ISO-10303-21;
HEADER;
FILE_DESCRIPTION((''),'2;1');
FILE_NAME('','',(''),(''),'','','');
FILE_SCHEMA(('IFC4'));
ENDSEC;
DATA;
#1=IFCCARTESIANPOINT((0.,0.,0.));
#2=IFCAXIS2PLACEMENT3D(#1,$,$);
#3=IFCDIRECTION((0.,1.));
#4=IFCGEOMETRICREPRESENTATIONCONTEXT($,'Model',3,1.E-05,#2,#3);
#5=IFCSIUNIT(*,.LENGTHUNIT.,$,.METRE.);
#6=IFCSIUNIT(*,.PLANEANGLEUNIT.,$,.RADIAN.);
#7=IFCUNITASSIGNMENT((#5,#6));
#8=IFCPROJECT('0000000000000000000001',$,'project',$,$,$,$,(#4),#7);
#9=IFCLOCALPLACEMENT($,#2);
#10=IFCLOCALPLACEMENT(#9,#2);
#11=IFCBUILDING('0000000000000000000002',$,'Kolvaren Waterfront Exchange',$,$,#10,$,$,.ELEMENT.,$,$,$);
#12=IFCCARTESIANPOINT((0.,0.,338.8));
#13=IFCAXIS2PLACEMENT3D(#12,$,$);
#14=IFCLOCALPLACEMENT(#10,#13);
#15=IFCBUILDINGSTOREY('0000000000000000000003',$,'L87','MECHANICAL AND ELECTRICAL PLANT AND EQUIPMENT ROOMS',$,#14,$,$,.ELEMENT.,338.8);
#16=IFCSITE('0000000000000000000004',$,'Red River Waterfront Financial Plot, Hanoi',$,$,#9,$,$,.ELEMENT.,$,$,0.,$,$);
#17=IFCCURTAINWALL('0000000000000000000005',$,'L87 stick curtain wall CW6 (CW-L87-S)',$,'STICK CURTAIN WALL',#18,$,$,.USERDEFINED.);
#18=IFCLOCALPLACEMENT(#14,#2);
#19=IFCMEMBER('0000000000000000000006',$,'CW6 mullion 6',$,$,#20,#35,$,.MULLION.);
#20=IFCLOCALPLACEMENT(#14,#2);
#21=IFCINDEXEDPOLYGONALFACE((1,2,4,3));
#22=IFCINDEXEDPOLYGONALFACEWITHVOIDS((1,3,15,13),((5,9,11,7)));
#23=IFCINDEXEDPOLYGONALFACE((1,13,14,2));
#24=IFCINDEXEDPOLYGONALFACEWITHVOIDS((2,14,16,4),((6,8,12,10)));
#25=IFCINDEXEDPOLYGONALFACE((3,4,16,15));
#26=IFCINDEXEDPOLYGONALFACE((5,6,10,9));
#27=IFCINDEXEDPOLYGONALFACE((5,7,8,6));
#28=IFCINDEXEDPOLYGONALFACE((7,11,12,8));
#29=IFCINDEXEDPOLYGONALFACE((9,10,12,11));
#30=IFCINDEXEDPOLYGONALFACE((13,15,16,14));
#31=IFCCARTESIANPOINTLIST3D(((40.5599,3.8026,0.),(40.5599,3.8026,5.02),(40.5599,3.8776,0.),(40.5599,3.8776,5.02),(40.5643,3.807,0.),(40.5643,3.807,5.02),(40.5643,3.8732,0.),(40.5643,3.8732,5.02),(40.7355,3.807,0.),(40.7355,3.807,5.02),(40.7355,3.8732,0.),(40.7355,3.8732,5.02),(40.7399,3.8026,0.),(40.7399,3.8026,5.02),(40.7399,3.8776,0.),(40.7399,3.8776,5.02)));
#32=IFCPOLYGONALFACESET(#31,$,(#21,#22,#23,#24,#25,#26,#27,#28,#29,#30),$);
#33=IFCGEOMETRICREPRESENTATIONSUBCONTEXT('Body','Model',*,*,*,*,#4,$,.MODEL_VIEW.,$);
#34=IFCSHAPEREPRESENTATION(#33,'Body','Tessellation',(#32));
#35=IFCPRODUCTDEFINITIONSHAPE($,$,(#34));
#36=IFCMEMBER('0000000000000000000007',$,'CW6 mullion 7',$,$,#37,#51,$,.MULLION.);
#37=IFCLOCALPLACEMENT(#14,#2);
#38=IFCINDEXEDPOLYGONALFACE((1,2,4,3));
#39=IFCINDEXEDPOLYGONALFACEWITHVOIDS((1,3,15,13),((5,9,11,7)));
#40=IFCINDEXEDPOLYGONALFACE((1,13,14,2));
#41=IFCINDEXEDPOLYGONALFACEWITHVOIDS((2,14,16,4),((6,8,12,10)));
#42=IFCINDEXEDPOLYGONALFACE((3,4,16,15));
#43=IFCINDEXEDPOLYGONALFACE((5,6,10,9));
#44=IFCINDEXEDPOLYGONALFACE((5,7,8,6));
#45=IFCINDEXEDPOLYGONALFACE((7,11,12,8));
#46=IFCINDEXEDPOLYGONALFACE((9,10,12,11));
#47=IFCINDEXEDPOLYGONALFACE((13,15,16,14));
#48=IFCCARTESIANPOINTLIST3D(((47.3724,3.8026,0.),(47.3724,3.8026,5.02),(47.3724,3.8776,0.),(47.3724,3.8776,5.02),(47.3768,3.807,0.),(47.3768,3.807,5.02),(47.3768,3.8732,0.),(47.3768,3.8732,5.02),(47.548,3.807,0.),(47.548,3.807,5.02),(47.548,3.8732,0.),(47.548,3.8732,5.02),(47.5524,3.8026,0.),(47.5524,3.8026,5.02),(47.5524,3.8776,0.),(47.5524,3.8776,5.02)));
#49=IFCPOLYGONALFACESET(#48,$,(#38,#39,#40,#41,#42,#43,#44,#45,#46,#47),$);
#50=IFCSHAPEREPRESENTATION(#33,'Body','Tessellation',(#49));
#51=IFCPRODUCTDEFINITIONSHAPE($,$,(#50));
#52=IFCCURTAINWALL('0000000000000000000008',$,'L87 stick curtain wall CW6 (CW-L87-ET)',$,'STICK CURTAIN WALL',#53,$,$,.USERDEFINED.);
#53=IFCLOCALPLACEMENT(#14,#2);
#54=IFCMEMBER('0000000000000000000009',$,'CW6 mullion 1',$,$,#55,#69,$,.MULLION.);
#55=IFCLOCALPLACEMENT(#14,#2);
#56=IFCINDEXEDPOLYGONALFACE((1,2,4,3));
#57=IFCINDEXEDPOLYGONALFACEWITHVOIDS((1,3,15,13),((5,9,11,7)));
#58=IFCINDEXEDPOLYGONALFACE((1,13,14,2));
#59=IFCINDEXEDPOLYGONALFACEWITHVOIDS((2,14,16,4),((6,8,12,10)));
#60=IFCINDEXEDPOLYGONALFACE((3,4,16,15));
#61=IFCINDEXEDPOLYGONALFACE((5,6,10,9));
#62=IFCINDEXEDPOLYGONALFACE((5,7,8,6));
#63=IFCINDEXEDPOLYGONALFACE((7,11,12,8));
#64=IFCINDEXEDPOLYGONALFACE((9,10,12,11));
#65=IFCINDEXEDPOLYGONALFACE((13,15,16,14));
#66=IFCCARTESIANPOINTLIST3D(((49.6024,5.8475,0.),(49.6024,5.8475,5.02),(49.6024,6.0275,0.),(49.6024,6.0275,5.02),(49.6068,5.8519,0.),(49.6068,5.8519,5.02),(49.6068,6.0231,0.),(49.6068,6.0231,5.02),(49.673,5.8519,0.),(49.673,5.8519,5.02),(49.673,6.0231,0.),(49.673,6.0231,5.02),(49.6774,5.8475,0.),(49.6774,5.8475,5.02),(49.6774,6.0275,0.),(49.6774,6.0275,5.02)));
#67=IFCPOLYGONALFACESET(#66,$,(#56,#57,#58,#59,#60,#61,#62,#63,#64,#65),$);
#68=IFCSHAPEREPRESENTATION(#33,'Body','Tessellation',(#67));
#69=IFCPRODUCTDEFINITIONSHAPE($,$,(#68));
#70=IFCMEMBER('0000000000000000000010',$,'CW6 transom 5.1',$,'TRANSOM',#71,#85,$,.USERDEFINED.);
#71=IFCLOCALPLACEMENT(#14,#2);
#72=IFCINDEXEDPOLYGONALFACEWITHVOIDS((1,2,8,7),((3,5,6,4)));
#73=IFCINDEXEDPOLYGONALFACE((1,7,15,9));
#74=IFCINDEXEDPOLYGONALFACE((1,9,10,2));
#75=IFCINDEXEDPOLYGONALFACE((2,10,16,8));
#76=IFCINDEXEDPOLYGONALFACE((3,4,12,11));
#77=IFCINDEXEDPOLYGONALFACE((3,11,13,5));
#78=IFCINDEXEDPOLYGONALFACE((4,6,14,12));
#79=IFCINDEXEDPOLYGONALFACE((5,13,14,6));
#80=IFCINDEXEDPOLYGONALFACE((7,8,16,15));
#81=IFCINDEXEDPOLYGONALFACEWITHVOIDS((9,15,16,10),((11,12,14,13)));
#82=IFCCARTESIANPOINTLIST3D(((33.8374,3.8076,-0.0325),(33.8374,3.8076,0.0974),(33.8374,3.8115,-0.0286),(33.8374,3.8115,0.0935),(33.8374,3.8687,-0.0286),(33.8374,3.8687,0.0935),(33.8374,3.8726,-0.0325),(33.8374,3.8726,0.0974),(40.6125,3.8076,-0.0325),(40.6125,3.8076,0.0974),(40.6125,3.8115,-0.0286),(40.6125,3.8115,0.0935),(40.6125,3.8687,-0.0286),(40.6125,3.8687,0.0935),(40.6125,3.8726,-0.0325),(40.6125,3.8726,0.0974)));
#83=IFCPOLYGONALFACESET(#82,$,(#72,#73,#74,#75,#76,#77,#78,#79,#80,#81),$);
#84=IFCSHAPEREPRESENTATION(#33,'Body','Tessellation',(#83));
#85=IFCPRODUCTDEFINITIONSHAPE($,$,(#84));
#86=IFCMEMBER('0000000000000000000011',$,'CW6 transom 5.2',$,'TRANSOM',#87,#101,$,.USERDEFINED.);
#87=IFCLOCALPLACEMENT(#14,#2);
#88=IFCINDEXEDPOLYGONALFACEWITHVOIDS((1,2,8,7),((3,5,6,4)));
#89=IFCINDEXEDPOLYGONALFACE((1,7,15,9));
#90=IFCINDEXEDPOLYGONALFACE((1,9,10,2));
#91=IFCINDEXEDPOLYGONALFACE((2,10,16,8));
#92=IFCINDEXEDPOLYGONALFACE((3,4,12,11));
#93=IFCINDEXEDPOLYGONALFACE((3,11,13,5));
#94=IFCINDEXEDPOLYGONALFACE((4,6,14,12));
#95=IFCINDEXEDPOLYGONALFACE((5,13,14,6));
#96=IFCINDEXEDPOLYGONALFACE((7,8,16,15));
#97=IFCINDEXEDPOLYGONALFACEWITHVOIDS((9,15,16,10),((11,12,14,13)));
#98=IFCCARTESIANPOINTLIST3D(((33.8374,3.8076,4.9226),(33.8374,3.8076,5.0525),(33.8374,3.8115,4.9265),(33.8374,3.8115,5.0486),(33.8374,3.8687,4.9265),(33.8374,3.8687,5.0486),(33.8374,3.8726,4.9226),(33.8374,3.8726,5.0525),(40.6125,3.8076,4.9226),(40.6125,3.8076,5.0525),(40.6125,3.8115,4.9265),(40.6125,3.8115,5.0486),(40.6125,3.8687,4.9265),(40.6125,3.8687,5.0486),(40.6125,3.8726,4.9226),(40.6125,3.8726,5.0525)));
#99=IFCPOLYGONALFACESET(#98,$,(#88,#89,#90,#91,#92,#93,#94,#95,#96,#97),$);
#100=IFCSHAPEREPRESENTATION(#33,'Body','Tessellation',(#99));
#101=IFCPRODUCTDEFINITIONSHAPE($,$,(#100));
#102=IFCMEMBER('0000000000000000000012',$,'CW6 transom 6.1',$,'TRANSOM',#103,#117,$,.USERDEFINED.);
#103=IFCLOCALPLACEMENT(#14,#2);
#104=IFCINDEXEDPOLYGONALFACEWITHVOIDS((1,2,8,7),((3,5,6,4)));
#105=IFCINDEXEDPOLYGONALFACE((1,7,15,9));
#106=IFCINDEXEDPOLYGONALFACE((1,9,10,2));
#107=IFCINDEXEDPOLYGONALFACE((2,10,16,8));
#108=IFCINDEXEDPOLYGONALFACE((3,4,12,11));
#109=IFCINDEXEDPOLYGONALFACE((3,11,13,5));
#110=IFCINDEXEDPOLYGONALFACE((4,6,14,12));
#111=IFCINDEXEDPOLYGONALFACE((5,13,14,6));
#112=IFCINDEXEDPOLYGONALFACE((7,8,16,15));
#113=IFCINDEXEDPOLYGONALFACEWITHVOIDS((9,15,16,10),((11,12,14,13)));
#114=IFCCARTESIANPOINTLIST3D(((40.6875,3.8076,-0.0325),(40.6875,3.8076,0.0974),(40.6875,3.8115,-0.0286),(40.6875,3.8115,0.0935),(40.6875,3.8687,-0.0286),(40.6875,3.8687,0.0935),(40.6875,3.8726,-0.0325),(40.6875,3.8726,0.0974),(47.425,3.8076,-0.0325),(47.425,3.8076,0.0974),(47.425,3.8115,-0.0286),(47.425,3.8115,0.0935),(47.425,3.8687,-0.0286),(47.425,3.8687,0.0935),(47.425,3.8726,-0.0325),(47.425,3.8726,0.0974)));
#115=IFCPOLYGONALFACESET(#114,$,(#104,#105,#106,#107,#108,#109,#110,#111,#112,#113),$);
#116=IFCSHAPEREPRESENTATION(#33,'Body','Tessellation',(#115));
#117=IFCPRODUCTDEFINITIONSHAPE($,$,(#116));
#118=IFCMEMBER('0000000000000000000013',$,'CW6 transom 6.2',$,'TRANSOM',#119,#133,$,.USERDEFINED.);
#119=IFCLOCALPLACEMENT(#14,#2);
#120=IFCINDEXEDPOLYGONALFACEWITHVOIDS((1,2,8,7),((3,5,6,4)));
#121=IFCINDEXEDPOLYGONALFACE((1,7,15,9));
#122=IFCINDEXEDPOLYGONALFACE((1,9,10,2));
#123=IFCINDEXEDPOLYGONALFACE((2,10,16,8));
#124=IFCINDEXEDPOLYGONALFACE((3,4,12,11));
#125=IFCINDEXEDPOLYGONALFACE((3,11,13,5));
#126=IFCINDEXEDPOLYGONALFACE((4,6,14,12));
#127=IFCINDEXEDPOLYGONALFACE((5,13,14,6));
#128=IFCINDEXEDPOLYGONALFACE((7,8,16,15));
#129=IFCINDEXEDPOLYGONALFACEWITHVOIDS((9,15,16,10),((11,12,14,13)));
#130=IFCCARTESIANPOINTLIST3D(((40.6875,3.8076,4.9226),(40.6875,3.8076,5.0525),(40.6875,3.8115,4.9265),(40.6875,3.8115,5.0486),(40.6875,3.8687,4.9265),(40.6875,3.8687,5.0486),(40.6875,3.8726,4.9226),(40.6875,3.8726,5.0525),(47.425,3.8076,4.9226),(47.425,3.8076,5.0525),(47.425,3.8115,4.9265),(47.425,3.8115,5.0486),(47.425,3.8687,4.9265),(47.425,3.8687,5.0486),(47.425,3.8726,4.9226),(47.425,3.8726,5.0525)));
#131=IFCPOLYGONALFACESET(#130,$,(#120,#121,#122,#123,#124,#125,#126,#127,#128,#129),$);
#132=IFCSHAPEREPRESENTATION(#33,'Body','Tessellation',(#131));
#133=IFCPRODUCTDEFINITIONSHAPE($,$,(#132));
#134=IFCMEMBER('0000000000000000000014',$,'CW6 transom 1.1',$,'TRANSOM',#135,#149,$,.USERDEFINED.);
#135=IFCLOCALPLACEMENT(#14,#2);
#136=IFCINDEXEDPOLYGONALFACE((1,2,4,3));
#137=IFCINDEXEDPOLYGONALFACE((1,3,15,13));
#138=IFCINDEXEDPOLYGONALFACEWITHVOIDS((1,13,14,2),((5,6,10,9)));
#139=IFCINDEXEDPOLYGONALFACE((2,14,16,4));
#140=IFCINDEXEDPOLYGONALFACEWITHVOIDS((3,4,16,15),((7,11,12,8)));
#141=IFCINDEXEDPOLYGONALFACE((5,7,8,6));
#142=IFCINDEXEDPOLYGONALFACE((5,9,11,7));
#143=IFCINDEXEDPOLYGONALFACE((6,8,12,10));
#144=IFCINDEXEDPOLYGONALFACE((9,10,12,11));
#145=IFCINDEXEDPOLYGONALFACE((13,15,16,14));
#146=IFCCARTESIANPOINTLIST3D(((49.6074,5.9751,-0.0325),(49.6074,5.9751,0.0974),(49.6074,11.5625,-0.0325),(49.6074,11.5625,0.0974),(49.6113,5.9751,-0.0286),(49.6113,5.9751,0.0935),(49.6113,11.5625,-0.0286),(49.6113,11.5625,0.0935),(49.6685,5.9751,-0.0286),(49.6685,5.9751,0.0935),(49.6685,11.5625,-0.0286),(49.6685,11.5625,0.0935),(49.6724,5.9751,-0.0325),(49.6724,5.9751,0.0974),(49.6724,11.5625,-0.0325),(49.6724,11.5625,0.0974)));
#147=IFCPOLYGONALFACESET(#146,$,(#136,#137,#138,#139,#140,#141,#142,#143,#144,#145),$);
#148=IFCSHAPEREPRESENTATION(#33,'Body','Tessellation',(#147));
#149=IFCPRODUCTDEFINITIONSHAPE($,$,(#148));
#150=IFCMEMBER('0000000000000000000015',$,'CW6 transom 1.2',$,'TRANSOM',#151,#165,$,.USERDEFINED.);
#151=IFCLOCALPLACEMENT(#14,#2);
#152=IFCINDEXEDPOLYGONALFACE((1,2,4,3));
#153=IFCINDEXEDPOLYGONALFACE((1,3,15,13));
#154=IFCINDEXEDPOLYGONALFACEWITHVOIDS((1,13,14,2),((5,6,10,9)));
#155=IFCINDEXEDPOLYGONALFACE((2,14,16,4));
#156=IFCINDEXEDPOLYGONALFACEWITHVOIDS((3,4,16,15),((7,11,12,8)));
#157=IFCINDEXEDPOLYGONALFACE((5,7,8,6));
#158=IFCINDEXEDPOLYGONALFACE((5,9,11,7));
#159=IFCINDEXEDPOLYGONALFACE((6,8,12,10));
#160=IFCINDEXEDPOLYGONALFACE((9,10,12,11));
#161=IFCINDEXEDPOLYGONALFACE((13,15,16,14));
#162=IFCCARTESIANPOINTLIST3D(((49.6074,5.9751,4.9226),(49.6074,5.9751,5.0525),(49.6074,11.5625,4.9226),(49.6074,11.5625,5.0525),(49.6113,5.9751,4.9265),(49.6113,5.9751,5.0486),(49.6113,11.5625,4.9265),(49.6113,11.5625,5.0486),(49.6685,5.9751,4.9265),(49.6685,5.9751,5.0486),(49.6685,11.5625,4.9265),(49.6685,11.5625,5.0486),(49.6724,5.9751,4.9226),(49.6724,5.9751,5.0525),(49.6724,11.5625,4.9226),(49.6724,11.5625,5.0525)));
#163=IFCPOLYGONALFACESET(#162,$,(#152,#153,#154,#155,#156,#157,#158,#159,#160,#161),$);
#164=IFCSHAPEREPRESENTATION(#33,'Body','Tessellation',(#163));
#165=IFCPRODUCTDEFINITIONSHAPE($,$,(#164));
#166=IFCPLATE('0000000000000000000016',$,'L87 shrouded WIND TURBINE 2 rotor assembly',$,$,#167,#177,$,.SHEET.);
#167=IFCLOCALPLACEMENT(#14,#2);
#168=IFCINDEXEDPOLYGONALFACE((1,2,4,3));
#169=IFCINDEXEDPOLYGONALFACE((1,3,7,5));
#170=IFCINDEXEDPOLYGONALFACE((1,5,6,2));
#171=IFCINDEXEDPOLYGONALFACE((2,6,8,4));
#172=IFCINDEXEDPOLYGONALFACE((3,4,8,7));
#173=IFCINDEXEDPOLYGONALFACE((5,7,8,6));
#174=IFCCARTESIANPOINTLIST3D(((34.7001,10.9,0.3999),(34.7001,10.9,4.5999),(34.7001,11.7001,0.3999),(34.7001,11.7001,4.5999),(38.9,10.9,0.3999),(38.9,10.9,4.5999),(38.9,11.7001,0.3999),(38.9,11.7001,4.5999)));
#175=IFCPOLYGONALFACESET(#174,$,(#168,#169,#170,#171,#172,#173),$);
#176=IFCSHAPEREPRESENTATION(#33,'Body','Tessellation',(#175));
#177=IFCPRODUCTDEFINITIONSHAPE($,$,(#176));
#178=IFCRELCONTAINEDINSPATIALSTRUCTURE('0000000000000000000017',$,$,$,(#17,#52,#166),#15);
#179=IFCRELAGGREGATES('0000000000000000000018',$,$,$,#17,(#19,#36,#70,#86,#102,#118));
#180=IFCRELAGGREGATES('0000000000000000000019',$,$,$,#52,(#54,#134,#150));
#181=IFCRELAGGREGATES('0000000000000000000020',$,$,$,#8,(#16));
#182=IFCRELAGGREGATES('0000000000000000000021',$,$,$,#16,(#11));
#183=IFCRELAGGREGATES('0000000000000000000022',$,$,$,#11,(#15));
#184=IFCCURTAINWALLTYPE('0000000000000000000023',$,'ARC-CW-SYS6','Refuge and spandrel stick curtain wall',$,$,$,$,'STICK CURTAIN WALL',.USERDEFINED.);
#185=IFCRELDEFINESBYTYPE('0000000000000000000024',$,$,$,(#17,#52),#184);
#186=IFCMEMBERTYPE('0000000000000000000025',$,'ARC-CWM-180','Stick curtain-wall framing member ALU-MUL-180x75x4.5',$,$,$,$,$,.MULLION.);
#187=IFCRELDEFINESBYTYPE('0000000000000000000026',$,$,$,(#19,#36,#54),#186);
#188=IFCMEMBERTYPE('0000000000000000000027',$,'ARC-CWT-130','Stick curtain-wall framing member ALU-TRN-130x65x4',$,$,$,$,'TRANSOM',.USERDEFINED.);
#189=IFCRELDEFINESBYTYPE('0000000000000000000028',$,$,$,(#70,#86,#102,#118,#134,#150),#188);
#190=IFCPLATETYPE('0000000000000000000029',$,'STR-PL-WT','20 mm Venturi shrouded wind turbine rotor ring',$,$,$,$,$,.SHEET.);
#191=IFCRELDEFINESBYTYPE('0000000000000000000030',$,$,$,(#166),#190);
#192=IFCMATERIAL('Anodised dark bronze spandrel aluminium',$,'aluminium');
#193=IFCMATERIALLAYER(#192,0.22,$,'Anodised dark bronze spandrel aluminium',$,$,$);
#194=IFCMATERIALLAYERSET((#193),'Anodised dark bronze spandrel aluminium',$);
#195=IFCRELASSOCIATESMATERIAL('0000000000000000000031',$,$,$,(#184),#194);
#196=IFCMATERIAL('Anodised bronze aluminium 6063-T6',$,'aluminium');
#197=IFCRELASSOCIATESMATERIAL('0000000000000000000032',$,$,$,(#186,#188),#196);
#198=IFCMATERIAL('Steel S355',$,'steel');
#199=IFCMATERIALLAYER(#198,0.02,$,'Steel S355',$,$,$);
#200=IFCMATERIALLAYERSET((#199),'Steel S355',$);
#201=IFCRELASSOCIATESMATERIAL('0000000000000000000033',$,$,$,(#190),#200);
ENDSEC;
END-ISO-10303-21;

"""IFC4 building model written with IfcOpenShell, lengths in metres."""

from ifc_helpers import new_model, si_unit, direction, frame, origin, origin_with_axes, origin_2d, place, context, subcontext, project, spatial, rectangle, hollow_rectangle, extrude, source, transform, mapped, material, layer, layer_set, material_profile, profile_set, type_object, element, aggregate, save


model = new_model("IFC4")

# Units and contexts
model_context = context("Model", 3, precision=1e-05, world=origin(), true_north=direction((0.0, 1.0)))
body_context = subcontext(model_context, "Body", "Model", "MODEL_VIEW")
ifc_project = project(units=[si_unit("LENGTHUNIT", "METRE"), si_unit("PLANEANGLEUNIT", "RADIAN")], contexts=[model_context])

# Site, building, storey
site_placement = place(None, origin())
site = spatial("IfcSite", under=ifc_project, at=site_placement, Name="Red River Waterfront Financial Plot, Hanoi", CompositionType="ELEMENT", RefElevation=0.0)
building_placement = place(site_placement, origin())
building = spatial("IfcBuilding", under=site, at=building_placement, Name="Kolvaren Waterfront Exchange", CompositionType="ELEMENT")
storey_placement = place(building_placement, frame((0.0, 0.0, 338.8)))
storey = spatial("IfcBuildingStorey", under=building, at=storey_placement, Name="L87", Description="MECHANICAL AND ELECTRICAL PLANT AND EQUIPMENT ROOMS", CompositionType="ELEMENT", Elevation=338.8)

# Shared definitions
ifc_material_1 = material(Name="Steel S355", Category="steel")

# Curtain wall, members
ifc_material_2 = material(Name="Anodised dark bronze spandrel aluminium", Category="aluminium")
ifc_layer_1 = layer(ifc_material_2, 0.22, Name="Anodised dark bronze spandrel aluminium")
ifc_layer_set_1 = layer_set([ifc_layer_1], Name="Anodised dark bronze spandrel aluminium")
curtain_wall_type = type_object("IfcCurtainWallType", Name="ARC-CW-SYS6", Description="Refuge and spandrel stick curtain wall", ElementType="STICK CURTAIN WALL", PredefinedType="USERDEFINED", material=ifc_layer_set_1)
curtain_wall_1_placement = place(storey_placement, origin())
curtain_wall_1 = element("IfcCurtainWall", 1, at=curtain_wall_1_placement, inside=storey, type_object=curtain_wall_type, Name="L87 stick curtain wall CW6 (CW-L87-S)", ObjectType="STICK CURTAIN WALL", PredefinedType="USERDEFINED")
ifc_material_3 = material(Name="Anodised bronze aluminium 6063-T6", Category="aluminium")
ifc_material_profile_1 = material_profile(ifc_material_3, hollow_rectangle(XDim=0.075, YDim=0.1799, WallThickness=0.0044, at=origin_2d()), Name="ALU-MUL-180x75x4.5")
ifc_profile_set_1 = profile_set([ifc_material_profile_1], Name="Anodised bronze aluminium 6063-T6")
member_type_1 = type_object("IfcMemberType", Name="ARC-CWM-180", Description="Stick curtain-wall framing member ALU-MUL-180x75x4.5", PredefinedType="MULLION", material=ifc_profile_set_1)
shared_shape_1 = source(origin_with_axes(), body_context, "Body", "SweptSolid", [
    extrude(hollow_rectangle(XDim=0.075, YDim=0.1799, WallThickness=0.0044, at=origin_2d()), origin(), (0.0, 0.0, 1.0), 5.02),
])
member_1_placement = place(storey_placement, frame((40.6499, 3.8401, 0.0), z_axis=(0.0, 0.0, 1.0), x_axis=(0.0, 1.0, 0.0)))
member_1 = element("IfcMember", 2, at=member_1_placement, type_object=member_type_1, Name="CW6 mullion 6", PredefinedType="MULLION", context=body_context, shape_type="MappedRepresentation", body=[
    mapped(shared_shape_1, transform((0.0, 0.0, 0.0), x_axis=(1.0, 0.0, 0.0), y_axis=(0.0, 1.0, 0.0), z_axis=(0.0, 0.0, 1.0), scale=1.0)),
])
member_2_placement = place(storey_placement, frame((47.4624, 3.8401, 0.0), z_axis=(0.0, 0.0, 1.0), x_axis=(0.0, 1.0, 0.0)))
member_2 = element("IfcMember", 3, at=member_2_placement, type_object=member_type_1, Name="CW6 mullion 7", PredefinedType="MULLION", context=body_context, shape_type="MappedRepresentation", body=[
    mapped(shared_shape_1, transform((0.0, 0.0, 0.0), x_axis=(1.0, 0.0, 0.0), y_axis=(0.0, 1.0, 0.0), z_axis=(0.0, 0.0, 1.0), scale=1.0)),
])

# Curtain wall, member
curtain_wall_2_placement = place(storey_placement, origin())
curtain_wall_2 = element("IfcCurtainWall", 4, at=curtain_wall_2_placement, inside=storey, type_object=curtain_wall_type, Name="L87 stick curtain wall CW6 (CW-L87-ET)", ObjectType="STICK CURTAIN WALL", PredefinedType="USERDEFINED")
member_3_placement = place(storey_placement, frame((49.6399, 5.9375, 0.0), z_axis=(0.0, 0.0, 1.0), x_axis=(-1.0, 0.0, 0.0)))
member_3 = element("IfcMember", 5, at=member_3_placement, type_object=member_type_1, Name="CW6 mullion 1", PredefinedType="MULLION", context=body_context, shape_type="MappedRepresentation", body=[
    mapped(shared_shape_1, transform((0.0, 0.0, 0.0), x_axis=(1.0, 0.0, 0.0), y_axis=(0.0, 1.0, 0.0), z_axis=(0.0, 0.0, 1.0), scale=1.0)),
])

# Members
ifc_material_profile_2 = material_profile(ifc_material_3, hollow_rectangle(XDim=0.0649, YDim=0.1299, WallThickness=0.0039, at=origin_2d()), Name="ALU-TRN-130x65x4")
ifc_profile_set_2 = profile_set([ifc_material_profile_2], Name="Anodised bronze aluminium 6063-T6")
member_type_2 = type_object("IfcMemberType", Name="ARC-CWT-130", Description="Stick curtain-wall framing member ALU-TRN-130x65x4", ElementType="TRANSOM", PredefinedType="USERDEFINED", material=ifc_profile_set_2)
shared_shape_2 = source(origin_with_axes(), body_context, "Body", "SweptSolid", [
    extrude(hollow_rectangle(XDim=0.0649, YDim=0.1299, WallThickness=0.0039, at=origin_2d()), origin(), (0.0, 0.0, 1.0), 6.7751),
])
member_4_placement = place(storey_placement, frame((33.8374, 3.8401, 0.0325), z_axis=(1.0, 0.0, 0.0), x_axis=(0.0, 1.0, 0.0)))
member_4 = element("IfcMember", 6, at=member_4_placement, type_object=member_type_2, Name="CW6 transom 5.1", ObjectType="TRANSOM", PredefinedType="USERDEFINED", context=body_context, shape_type="MappedRepresentation", body=[
    mapped(shared_shape_2, transform((0.0, 0.0, 0.0), x_axis=(1.0, 0.0, 0.0), y_axis=(0.0, 1.0, 0.0), z_axis=(0.0, 0.0, 1.0), scale=1.0)),
])
member_5_placement = place(storey_placement, frame((33.8374, 3.8401, 4.9875), z_axis=(1.0, 0.0, 0.0), x_axis=(0.0, 1.0, 0.0)))
member_5 = element("IfcMember", 7, at=member_5_placement, type_object=member_type_2, Name="CW6 transom 5.2", ObjectType="TRANSOM", PredefinedType="USERDEFINED", context=body_context, shape_type="MappedRepresentation", body=[
    mapped(shared_shape_2, transform((0.0, 0.0, 0.0), x_axis=(1.0, 0.0, 0.0), y_axis=(0.0, 1.0, 0.0), z_axis=(0.0, 0.0, 1.0), scale=1.0)),
])
shared_shape_3 = source(origin_with_axes(), body_context, "Body", "SweptSolid", [
    extrude(hollow_rectangle(XDim=0.0649, YDim=0.1299, WallThickness=0.0039, at=origin_2d()), origin(), (0.0, 0.0, 1.0), 6.7375),
])
member_6_placement = place(storey_placement, frame((40.6875, 3.8401, 0.0325), z_axis=(1.0, 0.0, 0.0), x_axis=(0.0, 1.0, 0.0)))
member_6 = element("IfcMember", 8, at=member_6_placement, type_object=member_type_2, Name="CW6 transom 6.1", ObjectType="TRANSOM", PredefinedType="USERDEFINED", context=body_context, shape_type="MappedRepresentation", body=[
    mapped(shared_shape_3, transform((0.0, 0.0, 0.0), x_axis=(1.0, 0.0, 0.0), y_axis=(0.0, 1.0, 0.0), z_axis=(0.0, 0.0, 1.0), scale=1.0)),
])
member_7_placement = place(storey_placement, frame((40.6875, 3.8401, 4.9875), z_axis=(1.0, 0.0, 0.0), x_axis=(0.0, 1.0, 0.0)))
member_7 = element("IfcMember", 9, at=member_7_placement, type_object=member_type_2, Name="CW6 transom 6.2", ObjectType="TRANSOM", PredefinedType="USERDEFINED", context=body_context, shape_type="MappedRepresentation", body=[
    mapped(shared_shape_3, transform((0.0, 0.0, 0.0), x_axis=(1.0, 0.0, 0.0), y_axis=(0.0, 1.0, 0.0), z_axis=(0.0, 0.0, 1.0), scale=1.0)),
])
shared_shape_4 = source(origin_with_axes(), body_context, "Body", "SweptSolid", [
    extrude(hollow_rectangle(XDim=0.0649, YDim=0.1299, WallThickness=0.0039, at=origin_2d()), origin(), (0.0, 0.0, 1.0), 5.5874),
])
member_8_placement = place(storey_placement, frame((49.6399, 5.9751, 0.0325), z_axis=(0.0, 1.0, 0.0), x_axis=(-1.0, 0.0, 0.0)))
member_8 = element("IfcMember", 10, at=member_8_placement, type_object=member_type_2, Name="CW6 transom 1.1", ObjectType="TRANSOM", PredefinedType="USERDEFINED", context=body_context, shape_type="MappedRepresentation", body=[
    mapped(shared_shape_4, transform((0.0, 0.0, 0.0), x_axis=(1.0, 0.0, 0.0), y_axis=(0.0, 1.0, 0.0), z_axis=(0.0, 0.0, 1.0), scale=1.0)),
])
member_9_placement = place(storey_placement, frame((49.6399, 5.9751, 4.9875), z_axis=(0.0, 1.0, 0.0), x_axis=(-1.0, 0.0, 0.0)))
member_9 = element("IfcMember", 11, at=member_9_placement, type_object=member_type_2, Name="CW6 transom 1.2", ObjectType="TRANSOM", PredefinedType="USERDEFINED", context=body_context, shape_type="MappedRepresentation", body=[
    mapped(shared_shape_4, transform((0.0, 0.0, 0.0), x_axis=(1.0, 0.0, 0.0), y_axis=(0.0, 1.0, 0.0), z_axis=(0.0, 0.0, 1.0), scale=1.0)),
])

# Plate
ifc_layer_2 = layer(ifc_material_1, 0.02, Name="Steel S355")
ifc_layer_set_2 = layer_set([ifc_layer_2], Name="Steel S355")
plate_type_1 = type_object("IfcPlateType", Name="STR-PL-WT", Description="20 mm Venturi shrouded wind turbine rotor ring", PredefinedType="SHEET", material=ifc_layer_set_2)
shared_shape_5 = source(origin_with_axes(), body_context, "Body", "SweptSolid", [
    extrude(rectangle(XDim=4.2, YDim=0.8, at=origin_2d()), origin(), (0.0, 0.0, 1.0), 4.2),
])
plate_1_placement = place(storey_placement, frame((36.8, 11.3, 0.3999), z_axis=(0.0, 0.0, 1.0), x_axis=(1.0, 0.0, 0.0)))
element("IfcPlate", 12, at=plate_1_placement, inside=storey, type_object=plate_type_1, Name="L87 shrouded WIND TURBINE 2 rotor assembly", PredefinedType="SHEET", context=body_context, shape_type="MappedRepresentation", body=[
    mapped(shared_shape_5, transform((0.0, 0.0, 0.0), x_axis=(1.0, 0.0, 0.0), y_axis=(0.0, 1.0, 0.0), z_axis=(0.0, 0.0, 1.0), scale=1.0)),
])

aggregate(curtain_wall_1, [member_1, member_2, member_4, member_5, member_6, member_7])
aggregate(curtain_wall_2, [member_3, member_8, member_9])

save(model, "model.ifc")
